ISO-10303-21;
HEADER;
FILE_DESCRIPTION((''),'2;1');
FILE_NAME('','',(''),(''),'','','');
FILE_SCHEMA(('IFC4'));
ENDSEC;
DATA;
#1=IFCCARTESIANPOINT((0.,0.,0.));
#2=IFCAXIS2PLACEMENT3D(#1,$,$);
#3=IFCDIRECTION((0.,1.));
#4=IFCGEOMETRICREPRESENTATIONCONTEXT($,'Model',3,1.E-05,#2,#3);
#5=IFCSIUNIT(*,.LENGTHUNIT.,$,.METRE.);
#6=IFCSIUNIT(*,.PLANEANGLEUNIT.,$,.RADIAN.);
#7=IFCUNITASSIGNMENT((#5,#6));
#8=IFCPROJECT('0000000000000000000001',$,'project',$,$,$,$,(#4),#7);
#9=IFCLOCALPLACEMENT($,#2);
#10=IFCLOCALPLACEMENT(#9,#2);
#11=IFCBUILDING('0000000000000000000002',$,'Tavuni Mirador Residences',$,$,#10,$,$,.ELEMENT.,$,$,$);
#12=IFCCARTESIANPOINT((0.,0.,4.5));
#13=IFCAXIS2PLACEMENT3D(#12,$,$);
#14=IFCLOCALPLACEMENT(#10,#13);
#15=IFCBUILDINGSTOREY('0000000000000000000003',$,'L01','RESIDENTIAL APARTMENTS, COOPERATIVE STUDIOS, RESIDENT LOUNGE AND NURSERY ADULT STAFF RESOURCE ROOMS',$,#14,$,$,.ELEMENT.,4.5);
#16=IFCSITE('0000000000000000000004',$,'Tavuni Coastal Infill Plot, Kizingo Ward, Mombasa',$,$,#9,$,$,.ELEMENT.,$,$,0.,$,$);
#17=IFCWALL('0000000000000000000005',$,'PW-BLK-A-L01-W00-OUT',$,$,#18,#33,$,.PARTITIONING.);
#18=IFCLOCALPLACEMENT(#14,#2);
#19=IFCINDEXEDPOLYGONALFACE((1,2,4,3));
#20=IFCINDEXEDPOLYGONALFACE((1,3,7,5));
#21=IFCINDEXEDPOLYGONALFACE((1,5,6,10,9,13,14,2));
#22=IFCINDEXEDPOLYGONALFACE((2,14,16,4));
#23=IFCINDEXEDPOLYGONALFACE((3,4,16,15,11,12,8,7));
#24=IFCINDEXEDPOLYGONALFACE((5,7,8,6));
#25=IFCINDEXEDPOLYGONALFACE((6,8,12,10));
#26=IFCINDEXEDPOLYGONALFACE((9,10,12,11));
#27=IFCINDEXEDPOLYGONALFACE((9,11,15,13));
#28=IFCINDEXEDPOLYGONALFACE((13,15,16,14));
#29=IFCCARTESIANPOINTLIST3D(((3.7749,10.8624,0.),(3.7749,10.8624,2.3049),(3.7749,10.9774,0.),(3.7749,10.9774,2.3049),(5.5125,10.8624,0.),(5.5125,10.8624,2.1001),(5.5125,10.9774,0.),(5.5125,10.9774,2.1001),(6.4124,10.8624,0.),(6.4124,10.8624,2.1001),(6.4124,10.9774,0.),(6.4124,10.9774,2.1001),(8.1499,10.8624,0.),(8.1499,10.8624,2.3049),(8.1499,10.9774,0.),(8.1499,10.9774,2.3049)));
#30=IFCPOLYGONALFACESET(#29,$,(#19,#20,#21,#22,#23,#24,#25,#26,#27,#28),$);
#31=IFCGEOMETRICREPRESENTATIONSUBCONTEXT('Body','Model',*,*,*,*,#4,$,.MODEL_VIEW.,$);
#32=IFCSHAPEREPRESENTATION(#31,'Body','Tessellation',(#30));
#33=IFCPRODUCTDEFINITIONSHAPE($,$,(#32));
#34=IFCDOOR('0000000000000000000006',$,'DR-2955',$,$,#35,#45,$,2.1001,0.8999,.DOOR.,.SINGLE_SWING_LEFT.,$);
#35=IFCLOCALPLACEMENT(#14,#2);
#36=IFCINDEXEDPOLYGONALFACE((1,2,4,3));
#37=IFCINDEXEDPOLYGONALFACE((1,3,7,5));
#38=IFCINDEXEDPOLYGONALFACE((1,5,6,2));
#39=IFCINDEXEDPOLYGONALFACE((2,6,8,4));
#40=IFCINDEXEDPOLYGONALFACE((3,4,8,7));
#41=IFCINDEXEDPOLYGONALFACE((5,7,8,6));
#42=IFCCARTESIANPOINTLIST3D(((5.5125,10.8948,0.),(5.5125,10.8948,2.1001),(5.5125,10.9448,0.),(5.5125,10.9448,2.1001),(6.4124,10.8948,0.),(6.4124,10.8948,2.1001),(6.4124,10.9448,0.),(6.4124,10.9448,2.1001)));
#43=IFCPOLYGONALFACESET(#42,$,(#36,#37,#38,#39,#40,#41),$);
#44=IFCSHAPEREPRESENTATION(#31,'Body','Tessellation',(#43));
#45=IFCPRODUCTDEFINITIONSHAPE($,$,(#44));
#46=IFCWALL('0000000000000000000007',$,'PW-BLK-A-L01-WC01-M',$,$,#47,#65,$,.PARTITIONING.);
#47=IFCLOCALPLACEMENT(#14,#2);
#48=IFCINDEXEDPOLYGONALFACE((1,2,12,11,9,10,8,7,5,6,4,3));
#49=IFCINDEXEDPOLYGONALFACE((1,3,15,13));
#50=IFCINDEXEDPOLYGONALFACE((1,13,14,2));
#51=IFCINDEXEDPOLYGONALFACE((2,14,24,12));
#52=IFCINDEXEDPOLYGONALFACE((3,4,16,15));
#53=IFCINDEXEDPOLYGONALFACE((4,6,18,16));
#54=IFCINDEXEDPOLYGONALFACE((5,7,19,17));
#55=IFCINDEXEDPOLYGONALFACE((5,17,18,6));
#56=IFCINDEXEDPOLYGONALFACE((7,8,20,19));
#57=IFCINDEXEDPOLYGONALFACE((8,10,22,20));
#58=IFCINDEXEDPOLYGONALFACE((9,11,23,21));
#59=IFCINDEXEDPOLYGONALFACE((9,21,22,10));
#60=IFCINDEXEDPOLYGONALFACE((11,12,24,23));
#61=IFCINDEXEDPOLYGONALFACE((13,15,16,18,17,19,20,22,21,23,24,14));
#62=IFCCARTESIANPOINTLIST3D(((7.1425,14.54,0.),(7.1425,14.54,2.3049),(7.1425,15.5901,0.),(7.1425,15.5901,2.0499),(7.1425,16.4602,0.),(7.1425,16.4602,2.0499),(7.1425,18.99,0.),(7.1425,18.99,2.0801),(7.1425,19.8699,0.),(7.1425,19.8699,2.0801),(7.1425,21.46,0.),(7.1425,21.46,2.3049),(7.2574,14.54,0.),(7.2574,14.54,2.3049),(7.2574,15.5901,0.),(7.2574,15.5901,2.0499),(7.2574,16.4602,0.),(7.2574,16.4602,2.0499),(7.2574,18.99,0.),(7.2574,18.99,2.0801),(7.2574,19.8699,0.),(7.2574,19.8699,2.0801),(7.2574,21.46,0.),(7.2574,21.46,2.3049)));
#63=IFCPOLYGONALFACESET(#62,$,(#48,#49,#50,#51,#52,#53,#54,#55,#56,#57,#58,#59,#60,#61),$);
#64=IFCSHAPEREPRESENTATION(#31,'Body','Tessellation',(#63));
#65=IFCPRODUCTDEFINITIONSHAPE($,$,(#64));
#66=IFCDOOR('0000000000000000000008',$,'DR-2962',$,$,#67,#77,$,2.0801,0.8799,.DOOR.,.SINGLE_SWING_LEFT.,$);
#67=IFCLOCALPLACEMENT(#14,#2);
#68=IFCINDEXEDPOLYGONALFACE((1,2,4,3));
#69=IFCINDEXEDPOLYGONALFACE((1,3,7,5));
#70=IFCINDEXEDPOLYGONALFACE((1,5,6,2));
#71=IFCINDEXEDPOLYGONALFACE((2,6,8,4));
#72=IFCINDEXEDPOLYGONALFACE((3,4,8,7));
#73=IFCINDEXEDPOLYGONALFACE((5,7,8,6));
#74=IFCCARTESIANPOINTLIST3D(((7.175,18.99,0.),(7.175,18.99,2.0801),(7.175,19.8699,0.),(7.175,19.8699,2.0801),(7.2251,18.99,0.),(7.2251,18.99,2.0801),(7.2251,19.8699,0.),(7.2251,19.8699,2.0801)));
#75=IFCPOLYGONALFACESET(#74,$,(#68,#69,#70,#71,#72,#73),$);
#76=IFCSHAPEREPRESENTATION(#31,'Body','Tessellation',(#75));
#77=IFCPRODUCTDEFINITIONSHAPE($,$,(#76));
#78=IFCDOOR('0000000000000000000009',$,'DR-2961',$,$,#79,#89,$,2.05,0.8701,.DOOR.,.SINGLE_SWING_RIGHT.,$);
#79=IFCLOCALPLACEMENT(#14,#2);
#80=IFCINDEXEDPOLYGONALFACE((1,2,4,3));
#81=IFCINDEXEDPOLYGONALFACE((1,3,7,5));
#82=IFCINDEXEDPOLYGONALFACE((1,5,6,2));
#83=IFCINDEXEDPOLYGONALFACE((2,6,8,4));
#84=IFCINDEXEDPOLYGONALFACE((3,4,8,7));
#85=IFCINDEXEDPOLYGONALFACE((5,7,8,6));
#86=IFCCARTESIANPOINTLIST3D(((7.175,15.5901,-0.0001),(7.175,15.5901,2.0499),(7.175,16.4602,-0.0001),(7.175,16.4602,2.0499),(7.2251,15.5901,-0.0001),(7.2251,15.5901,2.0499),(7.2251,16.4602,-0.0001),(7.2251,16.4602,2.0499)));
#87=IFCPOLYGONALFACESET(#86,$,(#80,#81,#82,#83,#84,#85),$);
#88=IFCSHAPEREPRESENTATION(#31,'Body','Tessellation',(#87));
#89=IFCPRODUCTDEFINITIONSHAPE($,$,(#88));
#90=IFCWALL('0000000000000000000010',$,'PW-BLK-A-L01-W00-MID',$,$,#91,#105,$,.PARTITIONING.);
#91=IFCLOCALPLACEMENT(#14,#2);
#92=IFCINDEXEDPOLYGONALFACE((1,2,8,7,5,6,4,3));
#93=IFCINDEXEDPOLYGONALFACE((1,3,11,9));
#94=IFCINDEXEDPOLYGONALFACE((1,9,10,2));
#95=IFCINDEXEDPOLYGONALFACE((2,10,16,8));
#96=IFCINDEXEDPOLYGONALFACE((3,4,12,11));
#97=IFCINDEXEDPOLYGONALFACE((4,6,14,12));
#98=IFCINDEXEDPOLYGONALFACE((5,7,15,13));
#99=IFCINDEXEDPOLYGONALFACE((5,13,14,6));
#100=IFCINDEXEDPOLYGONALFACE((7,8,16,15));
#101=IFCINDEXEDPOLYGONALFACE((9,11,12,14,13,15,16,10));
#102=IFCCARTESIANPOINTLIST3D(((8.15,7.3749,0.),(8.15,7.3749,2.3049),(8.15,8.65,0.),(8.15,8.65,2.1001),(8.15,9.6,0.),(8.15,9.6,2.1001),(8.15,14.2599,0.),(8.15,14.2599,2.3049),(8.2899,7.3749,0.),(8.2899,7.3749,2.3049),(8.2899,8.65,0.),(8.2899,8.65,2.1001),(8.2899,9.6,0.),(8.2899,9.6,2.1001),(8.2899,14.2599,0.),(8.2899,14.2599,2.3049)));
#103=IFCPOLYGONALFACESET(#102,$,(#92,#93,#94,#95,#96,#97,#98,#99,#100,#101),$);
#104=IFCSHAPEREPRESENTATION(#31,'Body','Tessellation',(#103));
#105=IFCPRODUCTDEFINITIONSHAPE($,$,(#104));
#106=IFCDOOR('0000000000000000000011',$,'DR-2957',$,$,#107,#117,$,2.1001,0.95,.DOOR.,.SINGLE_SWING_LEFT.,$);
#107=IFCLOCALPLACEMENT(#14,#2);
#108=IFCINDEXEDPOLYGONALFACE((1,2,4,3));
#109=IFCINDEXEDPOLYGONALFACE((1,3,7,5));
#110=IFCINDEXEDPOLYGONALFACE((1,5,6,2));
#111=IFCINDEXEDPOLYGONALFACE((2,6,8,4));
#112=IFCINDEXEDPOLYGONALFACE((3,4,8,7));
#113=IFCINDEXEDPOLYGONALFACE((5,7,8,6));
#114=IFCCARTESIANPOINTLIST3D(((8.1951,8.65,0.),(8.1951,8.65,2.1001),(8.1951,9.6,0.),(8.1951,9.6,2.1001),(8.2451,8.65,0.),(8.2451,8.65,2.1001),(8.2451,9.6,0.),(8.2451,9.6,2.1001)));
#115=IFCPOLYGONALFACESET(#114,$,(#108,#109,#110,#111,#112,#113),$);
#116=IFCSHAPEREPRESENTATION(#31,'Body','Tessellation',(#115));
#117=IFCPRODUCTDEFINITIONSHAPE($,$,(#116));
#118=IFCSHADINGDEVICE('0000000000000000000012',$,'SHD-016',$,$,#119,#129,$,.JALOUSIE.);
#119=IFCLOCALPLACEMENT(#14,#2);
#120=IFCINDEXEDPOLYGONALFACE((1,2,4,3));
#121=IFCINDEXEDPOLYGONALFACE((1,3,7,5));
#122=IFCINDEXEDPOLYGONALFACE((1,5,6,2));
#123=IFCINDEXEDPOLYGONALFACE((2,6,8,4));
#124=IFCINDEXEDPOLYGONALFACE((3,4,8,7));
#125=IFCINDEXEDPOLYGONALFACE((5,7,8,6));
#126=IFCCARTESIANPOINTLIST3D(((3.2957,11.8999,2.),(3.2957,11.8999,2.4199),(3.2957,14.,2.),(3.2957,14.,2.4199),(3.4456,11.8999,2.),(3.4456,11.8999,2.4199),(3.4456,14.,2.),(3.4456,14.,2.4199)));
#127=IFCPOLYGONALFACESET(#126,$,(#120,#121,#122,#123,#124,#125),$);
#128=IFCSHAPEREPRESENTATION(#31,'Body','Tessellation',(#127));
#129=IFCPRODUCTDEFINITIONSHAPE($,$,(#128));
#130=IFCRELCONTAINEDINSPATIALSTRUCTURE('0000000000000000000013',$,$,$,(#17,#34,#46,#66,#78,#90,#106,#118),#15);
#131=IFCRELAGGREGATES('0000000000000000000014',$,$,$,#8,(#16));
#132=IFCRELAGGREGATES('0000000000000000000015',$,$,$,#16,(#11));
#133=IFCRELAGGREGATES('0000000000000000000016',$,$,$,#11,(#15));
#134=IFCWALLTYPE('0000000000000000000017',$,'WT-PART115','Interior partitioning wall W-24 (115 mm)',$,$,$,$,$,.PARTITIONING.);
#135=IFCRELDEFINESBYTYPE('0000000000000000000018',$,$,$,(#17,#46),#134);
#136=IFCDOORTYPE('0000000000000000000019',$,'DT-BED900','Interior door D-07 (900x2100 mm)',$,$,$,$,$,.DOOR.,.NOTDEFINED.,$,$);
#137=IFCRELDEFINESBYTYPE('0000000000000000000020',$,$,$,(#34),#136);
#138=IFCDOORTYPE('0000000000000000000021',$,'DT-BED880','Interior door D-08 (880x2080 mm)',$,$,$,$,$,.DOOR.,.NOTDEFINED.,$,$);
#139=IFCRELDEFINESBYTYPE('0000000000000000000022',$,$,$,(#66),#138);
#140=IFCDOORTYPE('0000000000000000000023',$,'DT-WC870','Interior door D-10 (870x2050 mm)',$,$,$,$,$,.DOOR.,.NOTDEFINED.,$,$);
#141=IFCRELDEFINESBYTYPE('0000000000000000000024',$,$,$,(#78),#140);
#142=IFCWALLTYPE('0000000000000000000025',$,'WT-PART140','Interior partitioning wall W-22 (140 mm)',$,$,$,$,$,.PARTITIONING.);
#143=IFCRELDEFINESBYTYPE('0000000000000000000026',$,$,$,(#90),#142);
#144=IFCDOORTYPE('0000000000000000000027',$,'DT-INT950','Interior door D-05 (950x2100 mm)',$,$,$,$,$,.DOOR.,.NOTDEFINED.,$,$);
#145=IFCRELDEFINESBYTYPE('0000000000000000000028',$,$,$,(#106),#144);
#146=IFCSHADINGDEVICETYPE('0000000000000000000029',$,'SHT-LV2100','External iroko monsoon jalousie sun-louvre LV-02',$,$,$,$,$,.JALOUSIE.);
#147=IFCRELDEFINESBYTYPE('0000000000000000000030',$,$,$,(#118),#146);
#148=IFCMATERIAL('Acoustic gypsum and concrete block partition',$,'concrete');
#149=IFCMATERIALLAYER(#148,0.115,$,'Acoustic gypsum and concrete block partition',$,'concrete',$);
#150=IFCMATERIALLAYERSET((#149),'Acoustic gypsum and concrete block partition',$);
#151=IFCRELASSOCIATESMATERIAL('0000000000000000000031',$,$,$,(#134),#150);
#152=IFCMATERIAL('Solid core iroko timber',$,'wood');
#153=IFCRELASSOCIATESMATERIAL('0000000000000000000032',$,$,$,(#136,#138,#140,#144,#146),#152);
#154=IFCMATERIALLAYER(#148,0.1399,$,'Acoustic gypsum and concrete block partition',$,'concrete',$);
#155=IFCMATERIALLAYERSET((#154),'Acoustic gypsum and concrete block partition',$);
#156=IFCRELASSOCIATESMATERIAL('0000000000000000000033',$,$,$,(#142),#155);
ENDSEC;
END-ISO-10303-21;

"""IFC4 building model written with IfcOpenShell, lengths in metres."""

from ifc_helpers import new_model, si_unit, direction, frame, frame_2d, origin, origin_2d, place, context, subcontext, project, spatial, rectangle, extrude, material, layer, layer_set, type_object, element, fill, save


model = new_model("IFC4")

# Units and contexts
model_context = context("Model", 3, precision=1e-05, world=origin(), true_north=direction((0.0, 1.0)))
body_context = subcontext(model_context, "Body", "Model", "MODEL_VIEW")
ifc_project = project(units=[si_unit("LENGTHUNIT", "METRE"), si_unit("PLANEANGLEUNIT", "RADIAN")], contexts=[model_context])

# Site, building, storey
site_placement = place(None, origin())
site = spatial("IfcSite", under=ifc_project, at=site_placement, Name="Tavuni Coastal Infill Plot, Kizingo Ward, Mombasa", CompositionType="ELEMENT", RefElevation=0.0)
building_placement = place(site_placement, origin())
building = spatial("IfcBuilding", under=site, at=building_placement, Name="Tavuni Mirador Residences", CompositionType="ELEMENT")
storey_placement = place(building_placement, frame((0.0, 0.0, 4.5)))
storey = spatial("IfcBuildingStorey", under=building, at=storey_placement, Name="L01", Description="RESIDENTIAL APARTMENTS, COOPERATIVE STUDIOS, RESIDENT LOUNGE AND NURSERY ADULT STAFF RESOURCE ROOMS", CompositionType="ELEMENT", Elevation=4.5)

# Shared definitions
ifc_material_1 = material(Name="Solid core iroko timber", Category="wood")

# Wall, opening, door
ifc_material_2 = material(Name="Acoustic gypsum and concrete block partition", Category="concrete")
ifc_layer_1 = layer(ifc_material_2, 0.115, Name="Acoustic gypsum and concrete block partition", Category="concrete")
ifc_layer_set_1 = layer_set([ifc_layer_1], Name="Acoustic gypsum and concrete block partition")
wall_type_1 = type_object("IfcWallType", Name="WT-PART115", Description="Interior partitioning wall W-24 (115 mm)", PredefinedType="PARTITIONING", material=ifc_layer_set_1)
wall_1_placement = place(storey_placement, frame((3.7749, 10.9199, 0.0), z_axis=(0.0, 0.0, 1.0), x_axis=(1.0, 0.0, 0.0)))
wall_1 = element("IfcWall", 1, at=wall_1_placement, inside=storey, type_object=wall_type_1, Name="PW-BLK-A-L01-W00-OUT", PredefinedType="PARTITIONING", context=body_context, shape_type="SweptSolid", body=[
    extrude(rectangle(XDim=4.375, YDim=0.115, at=frame_2d((2.1875, 0.0))), origin(), (0.0, 0.0, 1.0), 2.3049),
])
opening_1_placement = place(wall_1_placement, frame((1.7375, 0.0, 0.0)))
opening_1 = element("IfcOpeningElement", 2, at=opening_1_placement, cuts=wall_1, PredefinedType="OPENING", context=body_context, shape_type="SweptSolid", body=[
    extrude(rectangle(XDim=0.8999, YDim=2.1001, at=frame_2d((0.45, 1.05))), frame((0.0, 0.0674, 0.0), z_axis=(0.0, -1.0, 0.0), x_axis=(1.0, 0.0, 0.0)), (0.0, 0.0, 1.0), 0.135),
])
door_type_1 = type_object("IfcDoorType", Name="DT-BED900", Description="Interior door D-07 (900x2100 mm)", OperationType="NOTDEFINED", PredefinedType="DOOR", material=ifc_material_1)
door_1_placement = place(opening_1_placement, origin())
door_1 = element("IfcDoor", 3, at=door_1_placement, inside=storey, type_object=door_type_1, Name="DR-2955", OperationType="SINGLE_SWING_LEFT", OverallHeight=2.1001, OverallWidth=0.8999, PredefinedType="DOOR", context=body_context, shape_type="SweptSolid", body=[
    extrude(rectangle(XDim=0.8999, YDim=2.1001, at=frame_2d((0.45, 1.05))), frame((0.0, 0.0249, 0.0), z_axis=(0.0, -1.0, 0.0), x_axis=(1.0, 0.0, 0.0)), (0.0, 0.0, 1.0), 0.05),
])
fill(opening_1, door_1)

# Wall, openings, doors
wall_2_placement = place(storey_placement, frame((7.2, 14.54, 0.0), z_axis=(0.0, 0.0, 1.0), x_axis=(0.0, 1.0, 0.0)))
wall_2 = element("IfcWall", 4, at=wall_2_placement, inside=storey, type_object=wall_type_1, Name="PW-BLK-A-L01-WC01-M", PredefinedType="PARTITIONING", context=body_context, shape_type="SweptSolid", body=[
    extrude(rectangle(XDim=6.9199, YDim=0.115, at=frame_2d((3.46, 0.0))), origin(), (0.0, 0.0, 1.0), 2.3049),
])
opening_2_placement = place(wall_2_placement, frame((1.05, 0.0, 0.0)))
opening_2 = element("IfcOpeningElement", 5, at=opening_2_placement, cuts=wall_2, PredefinedType="OPENING", context=body_context, shape_type="SweptSolid", body=[
    extrude(rectangle(XDim=0.8701, YDim=2.05, at=frame_2d((0.4351, 1.0249))), frame((0.0, 0.0674, 0.0), z_axis=(0.0, -1.0, 0.0), x_axis=(1.0, 0.0, 0.0)), (0.0, 0.0, 1.0), 0.135),
])
opening_3_placement = place(wall_2_placement, frame((4.45, 0.0, 0.0)))
opening_3 = element("IfcOpeningElement", 6, at=opening_3_placement, cuts=wall_2, PredefinedType="OPENING", context=body_context, shape_type="SweptSolid", body=[
    extrude(rectangle(XDim=0.8799, YDim=2.0801, at=frame_2d((0.4399, 1.04))), frame((0.0, 0.0674, 0.0), z_axis=(0.0, -1.0, 0.0), x_axis=(1.0, 0.0, 0.0)), (0.0, 0.0, 1.0), 0.135),
])
door_type_2 = type_object("IfcDoorType", Name="DT-BED880", Description="Interior door D-08 (880x2080 mm)", OperationType="NOTDEFINED", PredefinedType="DOOR", material=ifc_material_1)
door_2_placement = place(opening_3_placement, origin())
door_2 = element("IfcDoor", 7, at=door_2_placement, inside=storey, type_object=door_type_2, Name="DR-2962", OperationType="SINGLE_SWING_LEFT", OverallHeight=2.0801, OverallWidth=0.8799, PredefinedType="DOOR", context=body_context, shape_type="SweptSolid", body=[
    extrude(rectangle(XDim=0.8799, YDim=2.0801, at=frame_2d((0.4399, 1.04))), frame((0.0, 0.0249, 0.0), z_axis=(0.0, -1.0, 0.0), x_axis=(1.0, 0.0, 0.0)), (0.0, 0.0, 1.0), 0.05),
])
fill(opening_3, door_2)
door_type_3 = type_object("IfcDoorType", Name="DT-WC870", Description="Interior door D-10 (870x2050 mm)", OperationType="NOTDEFINED", PredefinedType="DOOR", material=ifc_material_1)
door_3_placement = place(opening_2_placement, origin())
door_3 = element("IfcDoor", 8, at=door_3_placement, inside=storey, type_object=door_type_3, Name="DR-2961", OperationType="SINGLE_SWING_RIGHT", OverallHeight=2.05, OverallWidth=0.8701, PredefinedType="DOOR", context=body_context, shape_type="SweptSolid", body=[
    extrude(rectangle(XDim=0.8701, YDim=2.05, at=frame_2d((0.4351, 1.0249))), frame((0.0, 0.0249, 0.0), z_axis=(0.0, -1.0, 0.0), x_axis=(1.0, 0.0, 0.0)), (0.0, 0.0, 1.0), 0.05),
])
fill(opening_2, door_3)

# Wall, opening, door
ifc_layer_2 = layer(ifc_material_2, 0.1399, Name="Acoustic gypsum and concrete block partition", Category="concrete")
ifc_layer_set_2 = layer_set([ifc_layer_2], Name="Acoustic gypsum and concrete block partition")
wall_type_2 = type_object("IfcWallType", Name="WT-PART140", Description="Interior partitioning wall W-22 (140 mm)", PredefinedType="PARTITIONING", material=ifc_layer_set_2)
wall_3_placement = place(storey_placement, frame((8.22, 7.375, 0.0), z_axis=(0.0, 0.0, 1.0), x_axis=(0.0, 1.0, 0.0)))
wall_3 = element("IfcWall", 9, at=wall_3_placement, inside=storey, type_object=wall_type_2, Name="PW-BLK-A-L01-W00-MID", PredefinedType="PARTITIONING", context=body_context, shape_type="SweptSolid", body=[
    extrude(rectangle(XDim=6.885, YDim=0.1399, at=frame_2d((3.4424, 0.0))), origin(), (0.0, 0.0, 1.0), 2.3049),
])
opening_4_placement = place(wall_3_placement, frame((1.2749, 0.0, 0.0)))
opening_4 = element("IfcOpeningElement", 10, at=opening_4_placement, cuts=wall_3, PredefinedType="OPENING", context=body_context, shape_type="SweptSolid", body=[
    extrude(rectangle(XDim=0.95, YDim=2.1001, at=frame_2d((0.4751, 1.05))), frame((0.0, 0.0801, 0.0), z_axis=(0.0, -1.0, 0.0), x_axis=(1.0, 0.0, 0.0)), (0.0, 0.0, 1.0), 0.1599),
])
door_type_4 = type_object("IfcDoorType", Name="DT-INT950", Description="Interior door D-05 (950x2100 mm)", OperationType="NOTDEFINED", PredefinedType="DOOR", material=ifc_material_1)
door_4_placement = place(opening_4_placement, origin())
door_4 = element("IfcDoor", 11, at=door_4_placement, inside=storey, type_object=door_type_4, Name="DR-2957", OperationType="SINGLE_SWING_LEFT", OverallHeight=2.1001, OverallWidth=0.95, PredefinedType="DOOR", context=body_context, shape_type="SweptSolid", body=[
    extrude(rectangle(XDim=0.95, YDim=2.1001, at=frame_2d((0.4751, 1.05))), frame((0.0, 0.0249, 0.0), z_axis=(0.0, -1.0, 0.0), x_axis=(1.0, 0.0, 0.0)), (0.0, 0.0, 1.0), 0.05),
])
fill(opening_4, door_4)

# Shading device
shading_device_type = type_object("IfcShadingDeviceType", Name="SHT-LV2100", Description="External iroko monsoon jalousie sun-louvre LV-02", PredefinedType="JALOUSIE", material=ifc_material_1)
shading_device_placement = place(storey_placement, frame((3.3706, 12.95, 2.0), z_axis=(0.0, 0.0, 1.0), x_axis=(0.0, -1.0, 0.0)))
element("IfcShadingDevice", 12, at=shading_device_placement, inside=storey, type_object=shading_device_type, Name="SHD-016", PredefinedType="JALOUSIE", context=body_context, shape_type="SweptSolid", body=[
    extrude(rectangle(XDim=2.1001, YDim=0.1499, at=origin_2d()), origin(), (0.0, 0.0, 1.0), 0.4199),
])

save(model, "model.ifc")
